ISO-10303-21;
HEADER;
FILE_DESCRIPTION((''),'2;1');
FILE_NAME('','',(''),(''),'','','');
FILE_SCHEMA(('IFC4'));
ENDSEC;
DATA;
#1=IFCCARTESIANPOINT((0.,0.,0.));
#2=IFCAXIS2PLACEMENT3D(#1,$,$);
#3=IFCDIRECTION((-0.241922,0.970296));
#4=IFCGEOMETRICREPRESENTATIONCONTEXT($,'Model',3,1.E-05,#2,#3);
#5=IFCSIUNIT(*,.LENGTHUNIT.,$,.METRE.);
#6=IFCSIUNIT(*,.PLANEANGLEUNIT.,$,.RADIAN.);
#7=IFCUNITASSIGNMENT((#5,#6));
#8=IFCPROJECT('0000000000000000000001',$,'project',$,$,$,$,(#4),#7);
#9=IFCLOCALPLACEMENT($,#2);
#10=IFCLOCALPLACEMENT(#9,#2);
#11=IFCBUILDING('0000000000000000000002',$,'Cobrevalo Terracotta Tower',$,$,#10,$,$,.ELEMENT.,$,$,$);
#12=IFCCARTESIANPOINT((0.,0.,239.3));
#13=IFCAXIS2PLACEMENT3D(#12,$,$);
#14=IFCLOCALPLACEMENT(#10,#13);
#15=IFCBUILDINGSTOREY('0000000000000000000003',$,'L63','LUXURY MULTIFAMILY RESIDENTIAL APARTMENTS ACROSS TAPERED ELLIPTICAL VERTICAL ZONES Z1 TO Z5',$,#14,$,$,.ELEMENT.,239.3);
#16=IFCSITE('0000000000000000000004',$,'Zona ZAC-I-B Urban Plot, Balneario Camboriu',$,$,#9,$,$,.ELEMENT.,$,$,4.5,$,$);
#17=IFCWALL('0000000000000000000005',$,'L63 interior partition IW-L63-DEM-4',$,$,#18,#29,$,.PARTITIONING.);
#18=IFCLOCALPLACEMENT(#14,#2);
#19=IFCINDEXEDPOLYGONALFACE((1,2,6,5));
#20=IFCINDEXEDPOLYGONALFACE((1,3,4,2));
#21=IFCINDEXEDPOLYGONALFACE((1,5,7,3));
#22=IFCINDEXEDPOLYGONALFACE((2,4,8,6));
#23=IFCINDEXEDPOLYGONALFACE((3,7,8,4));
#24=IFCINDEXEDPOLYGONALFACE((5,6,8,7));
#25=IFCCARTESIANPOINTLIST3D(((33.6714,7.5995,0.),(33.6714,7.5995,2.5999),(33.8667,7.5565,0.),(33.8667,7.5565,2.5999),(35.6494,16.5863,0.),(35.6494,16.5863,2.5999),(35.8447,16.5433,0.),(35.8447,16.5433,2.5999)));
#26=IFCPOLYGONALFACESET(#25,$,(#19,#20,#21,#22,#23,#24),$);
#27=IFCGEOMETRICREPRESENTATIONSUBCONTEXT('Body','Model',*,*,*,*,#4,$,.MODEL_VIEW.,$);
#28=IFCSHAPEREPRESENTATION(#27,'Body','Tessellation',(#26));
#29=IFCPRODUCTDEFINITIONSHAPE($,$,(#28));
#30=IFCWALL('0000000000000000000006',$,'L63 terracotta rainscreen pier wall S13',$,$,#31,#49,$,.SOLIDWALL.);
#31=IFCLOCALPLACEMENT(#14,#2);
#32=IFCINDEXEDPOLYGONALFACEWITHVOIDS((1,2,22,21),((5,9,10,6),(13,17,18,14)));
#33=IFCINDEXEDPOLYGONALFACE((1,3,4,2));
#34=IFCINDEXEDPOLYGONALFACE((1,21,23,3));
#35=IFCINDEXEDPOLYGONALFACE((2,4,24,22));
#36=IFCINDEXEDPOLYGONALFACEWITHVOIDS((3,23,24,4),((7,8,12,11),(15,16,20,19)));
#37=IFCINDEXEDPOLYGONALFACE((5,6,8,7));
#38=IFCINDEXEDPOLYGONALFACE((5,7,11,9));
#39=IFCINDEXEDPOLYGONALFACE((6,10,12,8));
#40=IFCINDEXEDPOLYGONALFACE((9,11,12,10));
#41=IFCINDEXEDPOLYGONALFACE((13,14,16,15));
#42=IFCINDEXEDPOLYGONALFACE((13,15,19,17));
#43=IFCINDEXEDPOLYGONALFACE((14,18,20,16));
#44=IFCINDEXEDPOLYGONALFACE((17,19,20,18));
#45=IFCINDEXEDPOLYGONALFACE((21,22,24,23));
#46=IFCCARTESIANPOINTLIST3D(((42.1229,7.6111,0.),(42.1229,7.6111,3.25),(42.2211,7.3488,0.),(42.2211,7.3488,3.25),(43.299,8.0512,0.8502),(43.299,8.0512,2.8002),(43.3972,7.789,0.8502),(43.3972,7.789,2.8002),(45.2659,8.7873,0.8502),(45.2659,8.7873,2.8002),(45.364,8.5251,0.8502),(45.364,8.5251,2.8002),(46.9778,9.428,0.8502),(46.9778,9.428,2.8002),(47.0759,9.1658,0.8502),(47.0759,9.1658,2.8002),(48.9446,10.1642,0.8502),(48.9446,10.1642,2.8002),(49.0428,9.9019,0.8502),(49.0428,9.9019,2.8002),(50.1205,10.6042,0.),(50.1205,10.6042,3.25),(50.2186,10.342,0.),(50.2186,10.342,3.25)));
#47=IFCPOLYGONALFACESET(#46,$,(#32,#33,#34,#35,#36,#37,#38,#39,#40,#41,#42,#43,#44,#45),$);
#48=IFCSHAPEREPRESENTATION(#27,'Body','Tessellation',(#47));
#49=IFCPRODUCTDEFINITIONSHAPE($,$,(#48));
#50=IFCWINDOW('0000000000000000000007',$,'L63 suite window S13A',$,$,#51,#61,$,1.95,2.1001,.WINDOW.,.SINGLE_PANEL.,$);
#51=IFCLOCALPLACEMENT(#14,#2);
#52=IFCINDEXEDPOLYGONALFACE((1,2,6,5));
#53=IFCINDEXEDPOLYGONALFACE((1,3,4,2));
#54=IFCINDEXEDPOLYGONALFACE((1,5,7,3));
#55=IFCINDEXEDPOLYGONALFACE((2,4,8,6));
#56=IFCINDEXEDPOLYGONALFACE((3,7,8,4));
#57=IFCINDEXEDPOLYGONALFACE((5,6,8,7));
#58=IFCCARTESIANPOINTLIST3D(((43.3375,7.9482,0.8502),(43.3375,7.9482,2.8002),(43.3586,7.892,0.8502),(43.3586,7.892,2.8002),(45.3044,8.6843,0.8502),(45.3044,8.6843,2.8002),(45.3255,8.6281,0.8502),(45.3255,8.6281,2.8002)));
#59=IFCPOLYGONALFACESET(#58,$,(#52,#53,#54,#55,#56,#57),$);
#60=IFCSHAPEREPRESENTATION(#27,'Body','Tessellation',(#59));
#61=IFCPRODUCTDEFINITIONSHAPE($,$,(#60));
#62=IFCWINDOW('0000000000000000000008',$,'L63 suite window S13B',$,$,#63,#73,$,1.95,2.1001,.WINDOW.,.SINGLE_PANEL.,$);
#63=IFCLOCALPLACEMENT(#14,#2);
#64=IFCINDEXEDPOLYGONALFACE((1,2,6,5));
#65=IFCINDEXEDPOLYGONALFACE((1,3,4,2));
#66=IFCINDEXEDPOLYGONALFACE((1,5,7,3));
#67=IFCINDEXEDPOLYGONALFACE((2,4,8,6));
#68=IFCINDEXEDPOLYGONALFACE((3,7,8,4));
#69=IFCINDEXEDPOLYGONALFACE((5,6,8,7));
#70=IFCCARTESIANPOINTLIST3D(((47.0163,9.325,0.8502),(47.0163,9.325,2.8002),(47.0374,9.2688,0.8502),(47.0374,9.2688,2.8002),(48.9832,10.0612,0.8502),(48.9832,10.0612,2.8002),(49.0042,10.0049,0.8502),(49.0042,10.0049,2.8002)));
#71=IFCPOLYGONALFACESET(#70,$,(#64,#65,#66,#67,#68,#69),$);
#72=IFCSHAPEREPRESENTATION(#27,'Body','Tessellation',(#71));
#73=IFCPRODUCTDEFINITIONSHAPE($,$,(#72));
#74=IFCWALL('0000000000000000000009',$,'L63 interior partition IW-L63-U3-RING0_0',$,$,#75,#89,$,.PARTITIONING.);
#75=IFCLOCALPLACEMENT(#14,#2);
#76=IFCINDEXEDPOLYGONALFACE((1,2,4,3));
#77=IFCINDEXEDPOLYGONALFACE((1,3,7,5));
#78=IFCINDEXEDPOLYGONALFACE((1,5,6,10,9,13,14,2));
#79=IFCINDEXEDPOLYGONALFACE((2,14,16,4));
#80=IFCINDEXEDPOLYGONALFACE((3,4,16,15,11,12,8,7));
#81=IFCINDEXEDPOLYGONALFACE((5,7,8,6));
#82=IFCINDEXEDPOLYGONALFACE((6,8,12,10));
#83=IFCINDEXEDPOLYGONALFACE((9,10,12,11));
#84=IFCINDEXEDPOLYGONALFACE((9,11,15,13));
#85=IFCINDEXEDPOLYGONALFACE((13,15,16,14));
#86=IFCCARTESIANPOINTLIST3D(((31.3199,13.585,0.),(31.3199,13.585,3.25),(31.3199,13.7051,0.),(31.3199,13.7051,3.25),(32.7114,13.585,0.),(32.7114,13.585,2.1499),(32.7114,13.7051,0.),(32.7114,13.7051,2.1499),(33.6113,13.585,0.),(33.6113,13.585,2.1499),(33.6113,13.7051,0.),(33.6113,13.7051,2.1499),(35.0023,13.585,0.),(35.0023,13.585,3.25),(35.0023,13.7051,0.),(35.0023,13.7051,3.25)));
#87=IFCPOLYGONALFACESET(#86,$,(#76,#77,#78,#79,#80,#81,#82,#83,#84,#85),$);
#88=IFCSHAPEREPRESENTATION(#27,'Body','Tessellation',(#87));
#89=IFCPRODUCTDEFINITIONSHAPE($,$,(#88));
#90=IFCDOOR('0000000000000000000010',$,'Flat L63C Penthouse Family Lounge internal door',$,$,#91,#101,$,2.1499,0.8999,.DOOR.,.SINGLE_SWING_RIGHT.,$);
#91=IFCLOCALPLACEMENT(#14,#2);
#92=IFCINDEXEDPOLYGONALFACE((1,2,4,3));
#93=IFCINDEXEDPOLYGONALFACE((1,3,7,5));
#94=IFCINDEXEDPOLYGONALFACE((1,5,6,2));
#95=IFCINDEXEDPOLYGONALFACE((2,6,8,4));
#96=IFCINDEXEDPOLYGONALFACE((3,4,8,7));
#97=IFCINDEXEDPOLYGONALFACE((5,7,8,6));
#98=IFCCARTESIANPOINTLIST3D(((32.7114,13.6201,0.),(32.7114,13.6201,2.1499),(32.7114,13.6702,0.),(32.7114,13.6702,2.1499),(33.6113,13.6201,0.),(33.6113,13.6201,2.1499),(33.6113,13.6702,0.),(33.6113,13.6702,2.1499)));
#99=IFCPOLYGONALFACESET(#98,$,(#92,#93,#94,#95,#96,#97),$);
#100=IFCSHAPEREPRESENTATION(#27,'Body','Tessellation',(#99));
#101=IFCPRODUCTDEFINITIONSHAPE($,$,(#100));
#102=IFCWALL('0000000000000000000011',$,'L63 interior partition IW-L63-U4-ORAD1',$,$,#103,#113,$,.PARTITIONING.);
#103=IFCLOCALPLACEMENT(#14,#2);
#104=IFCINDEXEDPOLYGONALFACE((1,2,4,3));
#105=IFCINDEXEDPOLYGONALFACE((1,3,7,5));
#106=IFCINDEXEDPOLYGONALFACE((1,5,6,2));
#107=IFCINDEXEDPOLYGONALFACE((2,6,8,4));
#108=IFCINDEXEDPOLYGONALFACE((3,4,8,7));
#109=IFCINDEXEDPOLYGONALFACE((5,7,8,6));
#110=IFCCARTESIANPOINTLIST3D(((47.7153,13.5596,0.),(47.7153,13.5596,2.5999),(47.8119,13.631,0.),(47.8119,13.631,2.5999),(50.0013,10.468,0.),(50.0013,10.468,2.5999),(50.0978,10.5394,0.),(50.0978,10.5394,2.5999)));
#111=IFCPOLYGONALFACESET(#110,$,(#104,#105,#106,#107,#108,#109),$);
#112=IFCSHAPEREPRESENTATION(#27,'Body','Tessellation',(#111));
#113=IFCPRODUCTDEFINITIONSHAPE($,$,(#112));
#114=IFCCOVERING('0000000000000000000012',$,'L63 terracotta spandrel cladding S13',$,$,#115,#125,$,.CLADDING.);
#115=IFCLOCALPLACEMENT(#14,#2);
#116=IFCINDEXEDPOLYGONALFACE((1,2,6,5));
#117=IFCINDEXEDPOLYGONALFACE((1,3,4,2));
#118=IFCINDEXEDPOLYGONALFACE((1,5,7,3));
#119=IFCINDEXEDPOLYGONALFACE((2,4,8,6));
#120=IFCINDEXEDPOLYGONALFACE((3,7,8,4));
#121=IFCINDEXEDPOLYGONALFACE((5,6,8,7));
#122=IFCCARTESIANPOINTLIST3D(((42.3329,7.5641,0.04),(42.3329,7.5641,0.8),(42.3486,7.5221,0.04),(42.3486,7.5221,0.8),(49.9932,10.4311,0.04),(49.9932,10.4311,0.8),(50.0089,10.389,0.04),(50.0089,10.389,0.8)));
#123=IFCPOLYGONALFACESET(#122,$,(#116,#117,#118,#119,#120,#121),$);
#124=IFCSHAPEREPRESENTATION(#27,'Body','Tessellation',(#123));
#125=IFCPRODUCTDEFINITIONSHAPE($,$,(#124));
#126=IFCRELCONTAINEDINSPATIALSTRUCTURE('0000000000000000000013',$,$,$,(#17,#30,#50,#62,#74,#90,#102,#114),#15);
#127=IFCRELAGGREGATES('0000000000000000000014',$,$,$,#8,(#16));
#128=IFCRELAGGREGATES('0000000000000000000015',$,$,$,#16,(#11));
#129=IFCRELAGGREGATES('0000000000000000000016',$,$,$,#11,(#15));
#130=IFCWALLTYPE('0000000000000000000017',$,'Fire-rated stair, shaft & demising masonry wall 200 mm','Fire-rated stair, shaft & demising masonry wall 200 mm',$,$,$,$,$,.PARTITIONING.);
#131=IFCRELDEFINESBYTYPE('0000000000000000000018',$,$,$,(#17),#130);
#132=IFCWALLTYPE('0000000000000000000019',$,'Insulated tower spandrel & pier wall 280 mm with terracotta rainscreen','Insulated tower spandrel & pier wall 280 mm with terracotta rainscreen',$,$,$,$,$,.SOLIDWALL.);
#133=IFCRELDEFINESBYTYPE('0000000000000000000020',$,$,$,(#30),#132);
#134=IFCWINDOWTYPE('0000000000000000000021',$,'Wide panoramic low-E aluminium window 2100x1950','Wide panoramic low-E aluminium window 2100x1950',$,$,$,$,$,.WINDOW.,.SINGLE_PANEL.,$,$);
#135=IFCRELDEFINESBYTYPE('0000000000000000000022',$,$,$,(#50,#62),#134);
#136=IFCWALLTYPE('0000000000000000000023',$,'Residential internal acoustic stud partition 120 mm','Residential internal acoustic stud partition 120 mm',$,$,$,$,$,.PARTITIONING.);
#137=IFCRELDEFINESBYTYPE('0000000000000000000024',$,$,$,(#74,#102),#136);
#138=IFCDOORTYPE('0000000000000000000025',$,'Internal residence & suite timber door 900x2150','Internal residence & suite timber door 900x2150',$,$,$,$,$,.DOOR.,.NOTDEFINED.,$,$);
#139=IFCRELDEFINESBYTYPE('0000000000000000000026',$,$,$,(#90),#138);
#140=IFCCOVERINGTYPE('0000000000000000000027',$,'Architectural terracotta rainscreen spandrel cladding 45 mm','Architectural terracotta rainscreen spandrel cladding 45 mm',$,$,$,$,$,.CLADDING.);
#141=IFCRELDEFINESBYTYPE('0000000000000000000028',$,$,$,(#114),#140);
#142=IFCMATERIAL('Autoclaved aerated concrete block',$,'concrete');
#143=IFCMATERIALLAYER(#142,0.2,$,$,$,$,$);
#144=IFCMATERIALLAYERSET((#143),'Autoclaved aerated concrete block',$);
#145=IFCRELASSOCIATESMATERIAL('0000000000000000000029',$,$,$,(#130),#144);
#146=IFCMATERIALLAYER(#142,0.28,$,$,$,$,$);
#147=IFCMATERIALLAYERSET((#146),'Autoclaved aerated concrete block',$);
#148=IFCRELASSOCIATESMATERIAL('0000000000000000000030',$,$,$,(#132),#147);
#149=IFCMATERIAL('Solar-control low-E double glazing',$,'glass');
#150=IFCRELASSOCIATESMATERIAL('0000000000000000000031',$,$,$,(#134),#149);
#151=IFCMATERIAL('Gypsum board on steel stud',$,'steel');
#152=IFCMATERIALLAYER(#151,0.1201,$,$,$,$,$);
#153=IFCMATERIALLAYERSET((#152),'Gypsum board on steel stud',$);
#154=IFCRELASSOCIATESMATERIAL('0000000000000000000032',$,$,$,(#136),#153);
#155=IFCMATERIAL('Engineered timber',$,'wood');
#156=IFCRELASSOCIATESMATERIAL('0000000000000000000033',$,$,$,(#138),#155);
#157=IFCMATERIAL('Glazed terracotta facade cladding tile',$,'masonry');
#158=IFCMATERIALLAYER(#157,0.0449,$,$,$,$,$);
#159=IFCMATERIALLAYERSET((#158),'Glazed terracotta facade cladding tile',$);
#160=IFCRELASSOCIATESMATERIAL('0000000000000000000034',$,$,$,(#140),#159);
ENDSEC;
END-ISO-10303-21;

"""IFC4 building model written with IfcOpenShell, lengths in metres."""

from ifc_helpers import new_model, si_unit, direction, frame, frame_2d, origin, origin_2d, place, context, subcontext, project, spatial, rectangle, extrude, source, transform, mapped, material, layer, layer_set, type_object, element, fill, save


model = new_model("IFC4")

# Units and contexts
model_context = context("Model", 3, precision=1e-05, world=origin(), true_north=direction((-0.241922, 0.970296)))
body_context = subcontext(model_context, "Body", "Model", "MODEL_VIEW")
ifc_project = project(units=[si_unit("LENGTHUNIT", "METRE"), si_unit("PLANEANGLEUNIT", "RADIAN")], contexts=[model_context])

# Site, building, storey
site_placement = place(None, origin())
site = spatial("IfcSite", under=ifc_project, at=site_placement, Name="Zona ZAC-I-B Urban Plot, Balneario Camboriu", CompositionType="ELEMENT", RefElevation=4.5)
building_placement = place(site_placement, origin())
building = spatial("IfcBuilding", under=site, at=building_placement, Name="Cobrevalo Terracotta Tower", CompositionType="ELEMENT")
storey_placement = place(building_placement, frame((0.0, 0.0, 239.3)))
storey = spatial("IfcBuildingStorey", under=building, at=storey_placement, Name="L63", Description="LUXURY MULTIFAMILY RESIDENTIAL APARTMENTS ACROSS TAPERED ELLIPTICAL VERTICAL ZONES Z1 TO Z5", CompositionType="ELEMENT", Elevation=239.3)

# Shared definitions
ifc_material_1 = material(Name="Gypsum board on steel stud", Category="steel")

# Wall
ifc_material_2 = material(Name="Autoclaved aerated concrete block", Category="concrete")
ifc_layer_1 = layer(ifc_material_2, 0.2)
ifc_layer_set_1 = layer_set([ifc_layer_1], Name="Autoclaved aerated concrete block")
wall_type_1 = type_object("IfcWallType", Name="Fire-rated stair, shaft & demising masonry wall 200 mm", Description="Fire-rated stair, shaft & demising masonry wall 200 mm", PredefinedType="PARTITIONING", material=ifc_layer_set_1)
wall_1_placement = place(storey_placement, frame((35.7471, 16.5649, 0.0), z_axis=(0.0, 0.0, 1.0), x_axis=(-0.214958, -0.976623, 0.0)))
element("IfcWall", 1, at=wall_1_placement, inside=storey, type_object=wall_type_1, Name="L63 interior partition IW-L63-DEM-4", PredefinedType="PARTITIONING", context=body_context, shape_type="SweptSolid", body=[
    extrude(rectangle(XDim=9.2019, YDim=0.2, at=frame_2d((4.6011, 0.0))), origin(), (0.0, 0.0, 1.0), 2.5999),
])

# Wall, openings, windows
ifc_layer_2 = layer(ifc_material_2, 0.28)
ifc_layer_set_2 = layer_set([ifc_layer_2], Name="Autoclaved aerated concrete block")
wall_type_2 = type_object("IfcWallType", Name="Insulated tower spandrel & pier wall 280 mm with terracotta rainscreen", Description="Insulated tower spandrel & pier wall 280 mm with terracotta rainscreen", PredefinedType="SOLIDWALL", material=ifc_layer_set_2)
wall_2_placement = place(storey_placement, frame((42.1721, 7.48, 0.0), z_axis=(0.0, 0.0, 1.0), x_axis=(0.936557, 0.350516, 0.0)))
wall_2 = element("IfcWall", 2, at=wall_2_placement, inside=storey, type_object=wall_type_2, Name="L63 terracotta rainscreen pier wall S13", PredefinedType="SOLIDWALL", context=body_context, shape_type="SweptSolid", body=[
    extrude(rectangle(XDim=8.5393, YDim=0.28, at=frame_2d((4.2695, 0.0))), origin(), (0.0, 0.0, 1.0), 3.25),
])
opening_1_placement = place(wall_2_placement, frame((1.2556, 0.0, 0.8501)))
opening_1 = element("IfcOpeningElement", 3, at=opening_1_placement, cuts=wall_2, PredefinedType="OPENING", context=body_context, shape_type="SweptSolid", body=[
    extrude(rectangle(XDim=2.1001, YDim=1.95, at=frame_2d((1.05, 0.9751))), frame((0.0, 0.1499, 0.0), z_axis=(0.0, -1.0, 0.0), x_axis=(1.0, 0.0, 0.0)), (0.0, 0.0, 1.0), 0.3),
])
opening_2_placement = place(wall_2_placement, frame((5.1836, 0.0, 0.8501)))
opening_2 = element("IfcOpeningElement", 4, at=opening_2_placement, cuts=wall_2, PredefinedType="OPENING", context=body_context, shape_type="SweptSolid", body=[
    extrude(rectangle(XDim=2.1001, YDim=1.95, at=frame_2d((1.05, 0.9751))), frame((0.0, 0.1499, 0.0), z_axis=(0.0, -1.0, 0.0), x_axis=(1.0, 0.0, 0.0)), (0.0, 0.0, 1.0), 0.3),
])
ifc_material_3 = material(Name="Solar-control low-E double glazing", Category="glass")
window_type = type_object("IfcWindowType", Name="Wide panoramic low-E aluminium window 2100x1950", Description="Wide panoramic low-E aluminium window 2100x1950", PartitioningType="SINGLE_PANEL", PredefinedType="WINDOW", material=ifc_material_3)
shared_shape_1 = source(origin(), body_context, "Body", "SweptSolid", [
    extrude(rectangle(XDim=2.1001, YDim=1.95, at=frame_2d((1.05, 0.9751))), frame((0.0, 0.03, 0.0), z_axis=(0.0, -1.0, 0.0), x_axis=(1.0, 0.0, 0.0)), (0.0, 0.0, 1.0), 0.0601),
])
window_1_placement = place(opening_1_placement, origin())
window_1 = element("IfcWindow", 5, at=window_1_placement, inside=storey, type_object=window_type, Name="L63 suite window S13A", OverallHeight=1.95, OverallWidth=2.1001, PartitioningType="SINGLE_PANEL", PredefinedType="WINDOW", context=body_context, shape_type="MappedRepresentation", body=[
    mapped(shared_shape_1, transform((0.0, 0.0, 0.0), scale=1.0)),
])
fill(opening_1, window_1)
window_2_placement = place(opening_2_placement, origin())
window_2 = element("IfcWindow", 6, at=window_2_placement, inside=storey, type_object=window_type, Name="L63 suite window S13B", OverallHeight=1.95, OverallWidth=2.1001, PartitioningType="SINGLE_PANEL", PredefinedType="WINDOW", context=body_context, shape_type="MappedRepresentation", body=[
    mapped(shared_shape_1, transform((0.0, 0.0, 0.0), scale=1.0)),
])
fill(opening_2, window_2)

# Wall, opening, door
ifc_layer_3 = layer(ifc_material_1, 0.1201)
ifc_layer_set_3 = layer_set([ifc_layer_3], Name="Gypsum board on steel stud")
wall_type_3 = type_object("IfcWallType", Name="Residential internal acoustic stud partition 120 mm", Description="Residential internal acoustic stud partition 120 mm", PredefinedType="PARTITIONING", material=ifc_layer_set_3)
wall_3_placement = place(storey_placement, frame((35.0024, 13.645, 0.0), z_axis=(0.0, 0.0, 1.0), x_axis=(-1.0, 0.0, 0.0)))
wall_3 = element("IfcWall", 7, at=wall_3_placement, inside=storey, type_object=wall_type_3, Name="L63 interior partition IW-L63-U3-RING0_0", PredefinedType="PARTITIONING", context=body_context, shape_type="SweptSolid", body=[
    extrude(rectangle(XDim=3.6824, YDim=0.1201, at=frame_2d((1.8413, 0.0))), origin(), (0.0, 0.0, 1.0), 3.25),
])
opening_3_placement = place(wall_3_placement, frame((1.3911, 0.0, 0.0)))
opening_3 = element("IfcOpeningElement", 8, at=opening_3_placement, cuts=wall_3, PredefinedType="OPENING", context=body_context, shape_type="SweptSolid", body=[
    extrude(rectangle(XDim=0.8999, YDim=2.1499, at=frame_2d((0.45, 1.075))), frame((0.0, 0.0701, 0.0), z_axis=(0.0, -1.0, 0.0), x_axis=(1.0, 0.0, 0.0)), (0.0, 0.0, 1.0), 0.1401),
])
ifc_material_4 = material(Name="Engineered timber", Category="wood")
door_type_1 = type_object("IfcDoorType", Name="Internal residence & suite timber door 900x2150", Description="Internal residence & suite timber door 900x2150", OperationType="NOTDEFINED", PredefinedType="DOOR", material=ifc_material_4)
shared_shape_2 = source(origin(), body_context, "Body", "SweptSolid", [
    extrude(rectangle(XDim=0.8999, YDim=2.1499, at=frame_2d((0.45, 1.075))), frame((0.0, 0.0249, 0.0), z_axis=(0.0, -1.0, 0.0), x_axis=(1.0, 0.0, 0.0)), (0.0, 0.0, 1.0), 0.05),
])
door_1_placement = place(opening_3_placement, origin())
door_1 = element("IfcDoor", 9, at=door_1_placement, inside=storey, type_object=door_type_1, Name="Flat L63C Penthouse Family Lounge internal door", OperationType="SINGLE_SWING_RIGHT", OverallHeight=2.1499, OverallWidth=0.8999, PredefinedType="DOOR", context=body_context, shape_type="MappedRepresentation", body=[
    mapped(shared_shape_2, transform((0.0, 0.0, 0.0), scale=1.0)),
])
fill(opening_3, door_1)

# Wall
wall_4_placement = place(storey_placement, frame((47.7637, 13.5952, 0.0), z_axis=(0.0, 0.0, 1.0), x_axis=(0.59453, -0.804073, 0.0)))
element("IfcWall", 10, at=wall_4_placement, inside=storey, type_object=wall_type_3, Name="L63 interior partition IW-L63-U4-ORAD1", PredefinedType="PARTITIONING", context=body_context, shape_type="SweptSolid", body=[
    extrude(rectangle(XDim=3.845, YDim=0.1201, at=frame_2d((1.9224, 0.0))), origin(), (0.0, 0.0, 1.0), 2.5999),
])

# Covering
ifc_material_5 = material(Name="Glazed terracotta facade cladding tile", Category="masonry")
ifc_layer_4 = layer(ifc_material_5, 0.0449)
ifc_layer_set_4 = layer_set([ifc_layer_4], Name="Glazed terracotta facade cladding tile")
covering_type = type_object("IfcCoveringType", Name="Architectural terracotta rainscreen spandrel cladding 45 mm", Description="Architectural terracotta rainscreen spandrel cladding 45 mm", PredefinedType="CLADDING", material=ifc_layer_set_4)
shared_shape_3 = source(origin(), body_context, "Body", "SweptSolid", [
    extrude(rectangle(XDim=8.1792, YDim=0.0449, at=origin_2d()), origin(), (0.0, 0.0, 1.0), 0.76),
])
covering_placement = place(storey_placement, frame((46.1709, 8.9766, 0.04), z_axis=(0.0, 0.0, 1.0), x_axis=(0.936558, 0.350513, 0.0)))
element("IfcCovering", 11, at=covering_placement, inside=storey, type_object=covering_type, Name="L63 terracotta spandrel cladding S13", PredefinedType="CLADDING", context=body_context, shape_type="MappedRepresentation", body=[
    mapped(shared_shape_3, transform((0.0, 0.0, 0.0), scale=1.0)),
])

save(model, "model.ifc")
